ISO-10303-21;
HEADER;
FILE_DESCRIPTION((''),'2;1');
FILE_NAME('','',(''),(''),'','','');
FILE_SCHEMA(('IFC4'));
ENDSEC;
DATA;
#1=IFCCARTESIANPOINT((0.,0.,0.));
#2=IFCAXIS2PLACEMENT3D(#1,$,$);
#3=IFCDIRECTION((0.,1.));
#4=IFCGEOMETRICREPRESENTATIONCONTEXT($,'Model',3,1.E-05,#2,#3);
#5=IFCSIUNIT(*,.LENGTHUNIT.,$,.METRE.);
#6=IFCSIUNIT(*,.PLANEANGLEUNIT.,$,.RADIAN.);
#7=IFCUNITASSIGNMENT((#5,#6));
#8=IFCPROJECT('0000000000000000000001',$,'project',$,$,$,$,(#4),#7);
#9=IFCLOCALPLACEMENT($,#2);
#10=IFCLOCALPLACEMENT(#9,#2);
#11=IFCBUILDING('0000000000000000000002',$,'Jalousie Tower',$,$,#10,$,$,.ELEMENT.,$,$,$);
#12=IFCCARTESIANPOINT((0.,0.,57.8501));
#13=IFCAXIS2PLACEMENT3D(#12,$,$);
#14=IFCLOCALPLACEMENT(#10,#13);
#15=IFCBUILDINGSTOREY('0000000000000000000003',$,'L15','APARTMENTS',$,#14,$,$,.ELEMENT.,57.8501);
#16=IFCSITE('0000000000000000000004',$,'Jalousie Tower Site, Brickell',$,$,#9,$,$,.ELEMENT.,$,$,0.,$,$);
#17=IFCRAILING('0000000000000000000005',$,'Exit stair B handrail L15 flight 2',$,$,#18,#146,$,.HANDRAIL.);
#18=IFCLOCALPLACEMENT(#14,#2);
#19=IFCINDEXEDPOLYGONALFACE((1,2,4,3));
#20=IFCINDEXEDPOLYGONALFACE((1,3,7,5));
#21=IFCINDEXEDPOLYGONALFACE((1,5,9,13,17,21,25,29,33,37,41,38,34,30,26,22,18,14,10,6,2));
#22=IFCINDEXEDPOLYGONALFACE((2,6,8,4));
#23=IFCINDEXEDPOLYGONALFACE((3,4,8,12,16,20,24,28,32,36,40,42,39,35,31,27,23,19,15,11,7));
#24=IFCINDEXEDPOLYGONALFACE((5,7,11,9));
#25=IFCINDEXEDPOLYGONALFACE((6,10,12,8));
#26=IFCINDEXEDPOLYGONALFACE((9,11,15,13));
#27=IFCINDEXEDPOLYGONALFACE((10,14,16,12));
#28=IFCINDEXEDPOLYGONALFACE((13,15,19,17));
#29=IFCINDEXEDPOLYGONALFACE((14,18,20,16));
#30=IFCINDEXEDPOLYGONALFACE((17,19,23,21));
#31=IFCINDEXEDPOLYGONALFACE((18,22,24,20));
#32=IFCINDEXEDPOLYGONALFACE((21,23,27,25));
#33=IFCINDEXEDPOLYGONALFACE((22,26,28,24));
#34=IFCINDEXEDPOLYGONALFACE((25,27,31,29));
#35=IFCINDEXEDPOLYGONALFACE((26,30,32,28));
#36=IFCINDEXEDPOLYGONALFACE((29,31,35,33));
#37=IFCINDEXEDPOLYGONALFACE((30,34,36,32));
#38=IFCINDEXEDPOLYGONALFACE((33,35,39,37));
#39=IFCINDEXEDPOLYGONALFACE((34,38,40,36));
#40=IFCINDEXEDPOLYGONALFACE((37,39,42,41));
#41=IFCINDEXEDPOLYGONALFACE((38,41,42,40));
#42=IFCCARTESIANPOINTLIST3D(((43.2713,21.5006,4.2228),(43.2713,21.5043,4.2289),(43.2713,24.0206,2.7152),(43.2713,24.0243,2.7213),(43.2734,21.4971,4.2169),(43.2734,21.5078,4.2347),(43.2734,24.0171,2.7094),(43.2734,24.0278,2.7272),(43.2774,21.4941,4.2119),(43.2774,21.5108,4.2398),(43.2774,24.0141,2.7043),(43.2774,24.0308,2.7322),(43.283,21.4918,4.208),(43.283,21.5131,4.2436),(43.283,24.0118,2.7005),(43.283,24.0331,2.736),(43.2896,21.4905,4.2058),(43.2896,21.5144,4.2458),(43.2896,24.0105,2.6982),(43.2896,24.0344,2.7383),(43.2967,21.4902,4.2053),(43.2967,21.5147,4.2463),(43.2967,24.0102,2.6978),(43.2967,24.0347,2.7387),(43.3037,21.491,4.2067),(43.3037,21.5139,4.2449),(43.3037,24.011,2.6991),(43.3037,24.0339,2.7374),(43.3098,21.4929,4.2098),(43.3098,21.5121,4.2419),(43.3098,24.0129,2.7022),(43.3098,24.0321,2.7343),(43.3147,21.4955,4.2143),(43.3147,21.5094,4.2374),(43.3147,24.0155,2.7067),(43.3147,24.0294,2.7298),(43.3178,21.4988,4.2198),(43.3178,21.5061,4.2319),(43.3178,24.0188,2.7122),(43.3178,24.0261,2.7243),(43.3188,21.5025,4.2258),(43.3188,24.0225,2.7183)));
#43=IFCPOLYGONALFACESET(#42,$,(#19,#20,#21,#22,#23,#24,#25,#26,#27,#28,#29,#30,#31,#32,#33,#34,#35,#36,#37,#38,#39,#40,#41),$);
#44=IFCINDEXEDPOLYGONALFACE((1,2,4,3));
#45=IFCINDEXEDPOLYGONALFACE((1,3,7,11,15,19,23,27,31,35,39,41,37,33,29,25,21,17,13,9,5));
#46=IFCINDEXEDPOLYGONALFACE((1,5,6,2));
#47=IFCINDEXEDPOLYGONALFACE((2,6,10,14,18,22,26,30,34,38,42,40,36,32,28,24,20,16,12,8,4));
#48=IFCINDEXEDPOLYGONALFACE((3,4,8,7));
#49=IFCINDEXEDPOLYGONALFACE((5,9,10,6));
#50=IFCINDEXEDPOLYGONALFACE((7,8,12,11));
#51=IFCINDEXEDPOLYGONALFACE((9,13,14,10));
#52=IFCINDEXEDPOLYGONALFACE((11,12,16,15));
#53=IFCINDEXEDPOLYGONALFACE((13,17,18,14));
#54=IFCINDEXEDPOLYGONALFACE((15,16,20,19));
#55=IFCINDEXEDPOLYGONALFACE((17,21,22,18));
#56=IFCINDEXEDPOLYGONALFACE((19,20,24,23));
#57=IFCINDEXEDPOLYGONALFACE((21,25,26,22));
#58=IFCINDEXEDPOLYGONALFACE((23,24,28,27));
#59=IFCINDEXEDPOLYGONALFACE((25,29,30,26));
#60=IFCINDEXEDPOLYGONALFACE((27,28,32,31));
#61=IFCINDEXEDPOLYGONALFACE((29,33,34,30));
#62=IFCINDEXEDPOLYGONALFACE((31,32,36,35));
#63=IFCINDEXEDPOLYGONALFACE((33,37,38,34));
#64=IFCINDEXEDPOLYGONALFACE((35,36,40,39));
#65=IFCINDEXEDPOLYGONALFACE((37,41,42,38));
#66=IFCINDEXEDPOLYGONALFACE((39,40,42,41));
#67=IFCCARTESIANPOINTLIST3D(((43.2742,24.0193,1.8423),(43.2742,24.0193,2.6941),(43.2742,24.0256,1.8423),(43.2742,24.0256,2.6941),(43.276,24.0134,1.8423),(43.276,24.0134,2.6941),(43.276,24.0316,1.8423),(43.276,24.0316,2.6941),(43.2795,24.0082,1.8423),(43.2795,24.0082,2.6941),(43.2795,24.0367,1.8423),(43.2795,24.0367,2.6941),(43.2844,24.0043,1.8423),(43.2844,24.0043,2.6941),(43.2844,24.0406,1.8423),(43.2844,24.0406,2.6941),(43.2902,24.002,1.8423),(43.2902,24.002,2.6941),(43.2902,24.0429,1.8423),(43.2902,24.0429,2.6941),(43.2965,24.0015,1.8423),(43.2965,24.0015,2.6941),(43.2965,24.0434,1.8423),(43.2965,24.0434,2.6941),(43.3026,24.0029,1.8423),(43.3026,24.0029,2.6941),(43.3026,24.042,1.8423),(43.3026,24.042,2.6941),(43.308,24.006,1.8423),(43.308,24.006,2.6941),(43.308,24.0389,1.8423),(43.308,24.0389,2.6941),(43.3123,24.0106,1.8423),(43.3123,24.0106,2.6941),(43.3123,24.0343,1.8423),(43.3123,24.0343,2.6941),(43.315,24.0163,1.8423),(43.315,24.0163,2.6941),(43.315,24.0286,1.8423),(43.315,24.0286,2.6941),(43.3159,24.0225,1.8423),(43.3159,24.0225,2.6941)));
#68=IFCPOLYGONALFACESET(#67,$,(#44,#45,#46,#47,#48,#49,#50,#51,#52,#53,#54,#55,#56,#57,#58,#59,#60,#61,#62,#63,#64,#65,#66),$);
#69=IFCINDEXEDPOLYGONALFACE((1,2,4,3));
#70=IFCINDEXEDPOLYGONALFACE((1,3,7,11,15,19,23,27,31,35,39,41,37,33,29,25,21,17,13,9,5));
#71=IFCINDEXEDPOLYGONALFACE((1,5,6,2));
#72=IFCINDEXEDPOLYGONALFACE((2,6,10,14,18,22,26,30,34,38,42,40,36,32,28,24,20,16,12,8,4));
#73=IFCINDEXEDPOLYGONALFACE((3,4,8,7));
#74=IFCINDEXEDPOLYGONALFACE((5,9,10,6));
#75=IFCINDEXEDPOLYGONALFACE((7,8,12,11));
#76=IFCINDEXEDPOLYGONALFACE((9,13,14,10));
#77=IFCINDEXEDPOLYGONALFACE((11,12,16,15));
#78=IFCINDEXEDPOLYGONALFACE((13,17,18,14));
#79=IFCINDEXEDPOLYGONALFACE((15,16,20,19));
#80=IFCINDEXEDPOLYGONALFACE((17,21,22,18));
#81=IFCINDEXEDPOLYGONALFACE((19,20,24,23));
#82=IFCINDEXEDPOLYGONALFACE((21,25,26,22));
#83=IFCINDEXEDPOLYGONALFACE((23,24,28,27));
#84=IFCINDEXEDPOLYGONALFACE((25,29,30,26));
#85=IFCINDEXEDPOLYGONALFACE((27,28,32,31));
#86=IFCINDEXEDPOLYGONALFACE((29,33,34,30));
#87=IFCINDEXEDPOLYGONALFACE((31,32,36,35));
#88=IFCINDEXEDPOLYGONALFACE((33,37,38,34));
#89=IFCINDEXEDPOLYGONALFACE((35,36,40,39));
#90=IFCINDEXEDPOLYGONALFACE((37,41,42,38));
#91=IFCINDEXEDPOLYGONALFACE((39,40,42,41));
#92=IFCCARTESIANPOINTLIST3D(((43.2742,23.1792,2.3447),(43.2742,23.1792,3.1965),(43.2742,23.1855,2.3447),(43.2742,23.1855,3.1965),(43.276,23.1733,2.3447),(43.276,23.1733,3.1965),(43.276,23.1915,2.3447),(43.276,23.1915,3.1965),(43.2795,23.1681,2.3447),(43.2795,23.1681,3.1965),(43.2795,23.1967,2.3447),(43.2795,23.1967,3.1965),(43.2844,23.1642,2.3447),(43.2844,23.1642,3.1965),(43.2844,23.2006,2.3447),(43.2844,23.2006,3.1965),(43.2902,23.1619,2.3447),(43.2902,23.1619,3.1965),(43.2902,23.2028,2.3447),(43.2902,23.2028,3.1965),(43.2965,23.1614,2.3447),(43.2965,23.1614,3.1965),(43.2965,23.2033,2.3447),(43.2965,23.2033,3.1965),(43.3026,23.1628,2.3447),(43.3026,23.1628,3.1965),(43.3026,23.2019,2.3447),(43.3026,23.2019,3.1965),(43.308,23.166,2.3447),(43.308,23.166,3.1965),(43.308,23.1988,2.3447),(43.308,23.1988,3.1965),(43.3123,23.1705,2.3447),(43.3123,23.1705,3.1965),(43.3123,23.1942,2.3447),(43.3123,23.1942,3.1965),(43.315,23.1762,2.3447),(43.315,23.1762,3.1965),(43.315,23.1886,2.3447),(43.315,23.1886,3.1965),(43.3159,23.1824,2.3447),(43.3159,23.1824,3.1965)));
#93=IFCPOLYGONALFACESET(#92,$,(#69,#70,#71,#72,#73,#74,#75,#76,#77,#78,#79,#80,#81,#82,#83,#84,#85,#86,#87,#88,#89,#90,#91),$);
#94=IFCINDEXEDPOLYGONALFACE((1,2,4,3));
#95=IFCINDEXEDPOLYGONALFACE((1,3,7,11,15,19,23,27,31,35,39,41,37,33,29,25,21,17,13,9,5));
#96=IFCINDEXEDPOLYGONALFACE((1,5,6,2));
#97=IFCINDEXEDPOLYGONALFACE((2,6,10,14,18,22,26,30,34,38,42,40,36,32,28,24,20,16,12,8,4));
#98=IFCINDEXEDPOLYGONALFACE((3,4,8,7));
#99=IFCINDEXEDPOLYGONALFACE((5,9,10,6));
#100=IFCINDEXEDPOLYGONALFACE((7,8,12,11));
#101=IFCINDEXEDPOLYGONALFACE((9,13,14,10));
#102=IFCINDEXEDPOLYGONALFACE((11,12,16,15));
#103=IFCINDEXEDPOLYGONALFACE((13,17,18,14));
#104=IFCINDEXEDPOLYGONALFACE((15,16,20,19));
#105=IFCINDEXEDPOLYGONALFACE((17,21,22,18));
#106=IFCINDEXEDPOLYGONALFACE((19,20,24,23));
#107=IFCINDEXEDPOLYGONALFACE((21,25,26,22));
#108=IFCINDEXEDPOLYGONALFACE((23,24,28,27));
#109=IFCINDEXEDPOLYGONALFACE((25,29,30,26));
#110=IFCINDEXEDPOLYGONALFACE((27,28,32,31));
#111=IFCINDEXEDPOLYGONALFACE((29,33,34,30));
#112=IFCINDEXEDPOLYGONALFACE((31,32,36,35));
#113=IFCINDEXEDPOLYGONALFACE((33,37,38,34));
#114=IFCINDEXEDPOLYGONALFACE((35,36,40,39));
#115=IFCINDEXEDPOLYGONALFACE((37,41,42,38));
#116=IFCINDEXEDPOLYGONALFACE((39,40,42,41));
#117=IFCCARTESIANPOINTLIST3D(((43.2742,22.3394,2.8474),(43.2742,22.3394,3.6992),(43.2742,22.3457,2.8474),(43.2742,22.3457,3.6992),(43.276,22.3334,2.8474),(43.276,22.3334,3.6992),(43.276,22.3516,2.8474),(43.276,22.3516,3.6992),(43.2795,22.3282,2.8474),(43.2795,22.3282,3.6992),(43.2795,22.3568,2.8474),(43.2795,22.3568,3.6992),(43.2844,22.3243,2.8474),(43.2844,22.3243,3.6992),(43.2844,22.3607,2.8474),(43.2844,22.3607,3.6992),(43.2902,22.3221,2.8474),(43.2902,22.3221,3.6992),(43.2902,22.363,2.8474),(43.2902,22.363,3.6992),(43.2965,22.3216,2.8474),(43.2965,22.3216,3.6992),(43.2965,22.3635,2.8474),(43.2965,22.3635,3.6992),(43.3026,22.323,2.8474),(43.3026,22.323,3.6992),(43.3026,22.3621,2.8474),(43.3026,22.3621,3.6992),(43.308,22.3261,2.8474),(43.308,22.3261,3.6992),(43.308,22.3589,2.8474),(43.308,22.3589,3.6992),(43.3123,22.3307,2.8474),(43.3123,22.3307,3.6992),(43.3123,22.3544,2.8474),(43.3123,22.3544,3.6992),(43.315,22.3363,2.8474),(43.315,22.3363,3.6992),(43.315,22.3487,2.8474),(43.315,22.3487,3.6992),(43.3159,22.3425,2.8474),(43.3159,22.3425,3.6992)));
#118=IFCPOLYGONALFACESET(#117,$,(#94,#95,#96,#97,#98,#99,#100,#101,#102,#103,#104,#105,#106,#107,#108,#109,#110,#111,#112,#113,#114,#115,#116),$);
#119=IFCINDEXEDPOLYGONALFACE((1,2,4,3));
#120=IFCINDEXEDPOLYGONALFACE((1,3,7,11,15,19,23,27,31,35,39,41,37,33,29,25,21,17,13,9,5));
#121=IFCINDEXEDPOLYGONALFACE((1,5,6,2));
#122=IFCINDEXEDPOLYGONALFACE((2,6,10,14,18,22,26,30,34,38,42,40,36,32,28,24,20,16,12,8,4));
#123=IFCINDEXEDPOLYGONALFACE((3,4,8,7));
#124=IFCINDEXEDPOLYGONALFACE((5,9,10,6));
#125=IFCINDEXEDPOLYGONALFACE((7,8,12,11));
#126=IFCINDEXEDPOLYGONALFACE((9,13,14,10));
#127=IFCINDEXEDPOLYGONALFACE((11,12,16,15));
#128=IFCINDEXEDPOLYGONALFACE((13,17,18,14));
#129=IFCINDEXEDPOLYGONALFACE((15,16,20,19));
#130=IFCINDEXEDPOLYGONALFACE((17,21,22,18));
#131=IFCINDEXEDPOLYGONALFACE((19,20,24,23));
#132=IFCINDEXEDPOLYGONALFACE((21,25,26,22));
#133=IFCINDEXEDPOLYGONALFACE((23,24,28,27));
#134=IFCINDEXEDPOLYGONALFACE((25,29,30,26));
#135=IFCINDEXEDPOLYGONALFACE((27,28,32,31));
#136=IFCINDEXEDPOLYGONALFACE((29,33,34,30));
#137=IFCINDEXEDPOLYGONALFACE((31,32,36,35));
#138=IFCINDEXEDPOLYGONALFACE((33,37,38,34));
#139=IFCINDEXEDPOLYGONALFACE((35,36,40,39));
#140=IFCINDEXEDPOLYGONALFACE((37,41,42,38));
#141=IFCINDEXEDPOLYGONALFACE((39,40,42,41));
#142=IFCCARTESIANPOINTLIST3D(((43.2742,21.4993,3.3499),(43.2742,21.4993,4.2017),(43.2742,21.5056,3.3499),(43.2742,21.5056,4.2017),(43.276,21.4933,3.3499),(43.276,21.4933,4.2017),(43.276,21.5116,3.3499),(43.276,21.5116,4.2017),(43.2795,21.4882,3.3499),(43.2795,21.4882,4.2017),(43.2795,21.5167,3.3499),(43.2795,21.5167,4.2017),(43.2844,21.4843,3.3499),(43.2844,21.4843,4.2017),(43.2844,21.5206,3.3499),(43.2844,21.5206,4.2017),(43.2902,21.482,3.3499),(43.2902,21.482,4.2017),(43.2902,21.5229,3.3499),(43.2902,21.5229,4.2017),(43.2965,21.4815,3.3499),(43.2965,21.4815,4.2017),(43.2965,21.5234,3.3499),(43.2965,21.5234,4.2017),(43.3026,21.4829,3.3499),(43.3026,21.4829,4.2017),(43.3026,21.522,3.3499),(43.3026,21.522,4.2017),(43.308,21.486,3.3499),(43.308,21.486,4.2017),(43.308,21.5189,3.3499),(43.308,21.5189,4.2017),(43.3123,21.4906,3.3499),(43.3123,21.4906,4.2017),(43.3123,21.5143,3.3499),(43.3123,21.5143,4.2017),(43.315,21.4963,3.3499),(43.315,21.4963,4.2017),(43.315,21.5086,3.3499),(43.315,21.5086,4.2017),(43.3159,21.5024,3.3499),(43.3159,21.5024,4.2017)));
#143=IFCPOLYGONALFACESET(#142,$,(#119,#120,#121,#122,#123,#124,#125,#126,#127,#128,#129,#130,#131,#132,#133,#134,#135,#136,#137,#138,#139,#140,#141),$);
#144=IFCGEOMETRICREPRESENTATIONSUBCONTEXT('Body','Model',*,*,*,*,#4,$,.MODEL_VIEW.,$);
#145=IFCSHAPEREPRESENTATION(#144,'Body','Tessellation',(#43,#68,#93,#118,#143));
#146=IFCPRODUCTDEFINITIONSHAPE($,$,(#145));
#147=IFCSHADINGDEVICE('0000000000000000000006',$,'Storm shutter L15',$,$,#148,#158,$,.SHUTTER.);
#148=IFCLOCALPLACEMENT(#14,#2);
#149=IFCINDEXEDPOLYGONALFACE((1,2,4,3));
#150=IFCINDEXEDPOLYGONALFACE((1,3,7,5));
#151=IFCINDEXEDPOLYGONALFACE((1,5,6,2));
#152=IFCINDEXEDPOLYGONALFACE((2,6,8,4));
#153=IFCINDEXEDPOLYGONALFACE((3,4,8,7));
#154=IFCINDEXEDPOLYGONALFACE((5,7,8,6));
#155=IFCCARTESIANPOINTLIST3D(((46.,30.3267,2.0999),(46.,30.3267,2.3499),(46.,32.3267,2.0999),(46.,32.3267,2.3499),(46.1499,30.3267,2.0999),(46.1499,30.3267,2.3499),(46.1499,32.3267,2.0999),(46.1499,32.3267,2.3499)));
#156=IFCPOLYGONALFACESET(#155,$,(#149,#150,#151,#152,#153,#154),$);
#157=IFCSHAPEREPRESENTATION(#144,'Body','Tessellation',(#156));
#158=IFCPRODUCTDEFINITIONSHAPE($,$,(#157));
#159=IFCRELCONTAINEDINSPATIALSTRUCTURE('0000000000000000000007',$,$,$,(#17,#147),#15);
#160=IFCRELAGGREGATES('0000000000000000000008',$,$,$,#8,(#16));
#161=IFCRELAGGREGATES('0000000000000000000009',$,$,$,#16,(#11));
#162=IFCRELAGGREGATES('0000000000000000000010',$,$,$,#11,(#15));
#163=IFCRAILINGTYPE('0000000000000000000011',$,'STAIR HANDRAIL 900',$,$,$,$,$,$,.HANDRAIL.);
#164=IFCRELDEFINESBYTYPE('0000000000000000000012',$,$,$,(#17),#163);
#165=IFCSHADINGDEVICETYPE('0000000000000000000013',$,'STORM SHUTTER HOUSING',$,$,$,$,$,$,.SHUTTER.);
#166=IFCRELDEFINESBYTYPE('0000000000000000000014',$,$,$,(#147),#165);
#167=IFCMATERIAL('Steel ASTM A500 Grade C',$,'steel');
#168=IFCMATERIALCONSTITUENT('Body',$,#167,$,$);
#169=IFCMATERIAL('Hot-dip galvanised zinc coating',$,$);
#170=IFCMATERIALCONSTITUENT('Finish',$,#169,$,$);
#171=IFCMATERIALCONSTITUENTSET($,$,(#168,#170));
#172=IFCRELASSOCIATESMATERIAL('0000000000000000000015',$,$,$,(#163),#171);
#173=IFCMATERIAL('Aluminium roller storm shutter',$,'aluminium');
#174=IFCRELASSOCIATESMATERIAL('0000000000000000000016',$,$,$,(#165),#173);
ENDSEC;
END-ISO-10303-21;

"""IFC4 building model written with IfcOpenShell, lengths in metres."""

from ifc_helpers import new_model, si_unit, direction, frame, origin, origin_2d, place, context, subcontext, project, spatial, rectangle, circle, extrude, material, constituent, constituent_set, type_object, element, save


model = new_model("IFC4")

# Units and contexts
model_context = context("Model", 3, precision=1e-05, world=origin(), true_north=direction((0.0, 1.0)))
body_context = subcontext(model_context, "Body", "Model", "MODEL_VIEW")
ifc_project = project(units=[si_unit("LENGTHUNIT", "METRE"), si_unit("PLANEANGLEUNIT", "RADIAN")], contexts=[model_context])

# Site, building, storey
site_placement = place(None, origin())
site = spatial("IfcSite", under=ifc_project, at=site_placement, Name="Jalousie Tower Site, Brickell", CompositionType="ELEMENT", RefElevation=0.0)
building_placement = place(site_placement, origin())
building = spatial("IfcBuilding", under=site, at=building_placement, Name="Jalousie Tower", CompositionType="ELEMENT")
storey_placement = place(building_placement, frame((0.0, 0.0, 57.8501)))
storey = spatial("IfcBuildingStorey", under=building, at=storey_placement, Name="L15", Description="APARTMENTS", CompositionType="ELEMENT", Elevation=57.8501)

# Railing
ifc_material_1 = material(Name="Steel ASTM A500 Grade C", Category="steel")
ifc_constituent_1 = constituent(ifc_material_1, Name="Body")
ifc_material_2 = material(Name="Hot-dip galvanised zinc coating")
ifc_constituent_2 = constituent(ifc_material_2, Name="Finish")
ifc_constituent_set_1 = constituent_set(constituents=[ifc_constituent_1, ifc_constituent_2])
railing_type_1 = type_object("IfcRailingType", Name="STAIR HANDRAIL 900", PredefinedType="HANDRAIL", material=ifc_constituent_set_1)
railing_1_placement = place(storey_placement, frame((43.2949, 24.0225, 1.8423)))
element("IfcRailing", 1, at=railing_1_placement, inside=storey, type_object=railing_type_1, Name="Exit stair B handrail L15 flight 2", PredefinedType="HANDRAIL", context=body_context, shape_type="SweptSolid", body=[
    extrude(circle(Radius=0.0239, at=origin_2d()), frame((0.0, 0.0, 0.876), z_axis=(0.0, -0.85816, 0.513383), x_axis=(1.0, 0.0, 0.0)), (0.0, 0.0, 1.0), 2.9365),
    extrude(circle(Radius=0.021, at=origin_2d()), origin(), (0.0, 0.0, 1.0), 0.8518),
    extrude(circle(Radius=0.021, at=origin_2d()), frame((0.0, -0.8401, 0.5024)), (0.0, 0.0, 1.0), 0.8518),
    extrude(circle(Radius=0.021, at=origin_2d()), frame((0.0, -1.6799, 1.0051)), (0.0, 0.0, 1.0), 0.8518),
    extrude(circle(Radius=0.021, at=origin_2d()), frame((0.0, -2.52, 1.5076)), (0.0, 0.0, 1.0), 0.8518),
])

# Shading device
ifc_material_3 = material(Name="Aluminium roller storm shutter", Category="aluminium")
shading_device_type = type_object("IfcShadingDeviceType", Name="STORM SHUTTER HOUSING", PredefinedType="SHUTTER", material=ifc_material_3)
shading_device_placement = place(storey_placement, frame((46.075, 31.3267, 2.0999), z_axis=(0.0, 0.0, 1.0), x_axis=(0.0, 1.0, 0.0)))
element("IfcShadingDevice", 2, at=shading_device_placement, inside=storey, type_object=shading_device_type, Name="Storm shutter L15", PredefinedType="SHUTTER", context=body_context, shape_type="SweptSolid", body=[
    extrude(rectangle(XDim=2.0, YDim=0.1499, at=origin_2d()), origin(), (0.0, 0.0, 1.0), 0.25),
])

save(model, "model.ifc")
